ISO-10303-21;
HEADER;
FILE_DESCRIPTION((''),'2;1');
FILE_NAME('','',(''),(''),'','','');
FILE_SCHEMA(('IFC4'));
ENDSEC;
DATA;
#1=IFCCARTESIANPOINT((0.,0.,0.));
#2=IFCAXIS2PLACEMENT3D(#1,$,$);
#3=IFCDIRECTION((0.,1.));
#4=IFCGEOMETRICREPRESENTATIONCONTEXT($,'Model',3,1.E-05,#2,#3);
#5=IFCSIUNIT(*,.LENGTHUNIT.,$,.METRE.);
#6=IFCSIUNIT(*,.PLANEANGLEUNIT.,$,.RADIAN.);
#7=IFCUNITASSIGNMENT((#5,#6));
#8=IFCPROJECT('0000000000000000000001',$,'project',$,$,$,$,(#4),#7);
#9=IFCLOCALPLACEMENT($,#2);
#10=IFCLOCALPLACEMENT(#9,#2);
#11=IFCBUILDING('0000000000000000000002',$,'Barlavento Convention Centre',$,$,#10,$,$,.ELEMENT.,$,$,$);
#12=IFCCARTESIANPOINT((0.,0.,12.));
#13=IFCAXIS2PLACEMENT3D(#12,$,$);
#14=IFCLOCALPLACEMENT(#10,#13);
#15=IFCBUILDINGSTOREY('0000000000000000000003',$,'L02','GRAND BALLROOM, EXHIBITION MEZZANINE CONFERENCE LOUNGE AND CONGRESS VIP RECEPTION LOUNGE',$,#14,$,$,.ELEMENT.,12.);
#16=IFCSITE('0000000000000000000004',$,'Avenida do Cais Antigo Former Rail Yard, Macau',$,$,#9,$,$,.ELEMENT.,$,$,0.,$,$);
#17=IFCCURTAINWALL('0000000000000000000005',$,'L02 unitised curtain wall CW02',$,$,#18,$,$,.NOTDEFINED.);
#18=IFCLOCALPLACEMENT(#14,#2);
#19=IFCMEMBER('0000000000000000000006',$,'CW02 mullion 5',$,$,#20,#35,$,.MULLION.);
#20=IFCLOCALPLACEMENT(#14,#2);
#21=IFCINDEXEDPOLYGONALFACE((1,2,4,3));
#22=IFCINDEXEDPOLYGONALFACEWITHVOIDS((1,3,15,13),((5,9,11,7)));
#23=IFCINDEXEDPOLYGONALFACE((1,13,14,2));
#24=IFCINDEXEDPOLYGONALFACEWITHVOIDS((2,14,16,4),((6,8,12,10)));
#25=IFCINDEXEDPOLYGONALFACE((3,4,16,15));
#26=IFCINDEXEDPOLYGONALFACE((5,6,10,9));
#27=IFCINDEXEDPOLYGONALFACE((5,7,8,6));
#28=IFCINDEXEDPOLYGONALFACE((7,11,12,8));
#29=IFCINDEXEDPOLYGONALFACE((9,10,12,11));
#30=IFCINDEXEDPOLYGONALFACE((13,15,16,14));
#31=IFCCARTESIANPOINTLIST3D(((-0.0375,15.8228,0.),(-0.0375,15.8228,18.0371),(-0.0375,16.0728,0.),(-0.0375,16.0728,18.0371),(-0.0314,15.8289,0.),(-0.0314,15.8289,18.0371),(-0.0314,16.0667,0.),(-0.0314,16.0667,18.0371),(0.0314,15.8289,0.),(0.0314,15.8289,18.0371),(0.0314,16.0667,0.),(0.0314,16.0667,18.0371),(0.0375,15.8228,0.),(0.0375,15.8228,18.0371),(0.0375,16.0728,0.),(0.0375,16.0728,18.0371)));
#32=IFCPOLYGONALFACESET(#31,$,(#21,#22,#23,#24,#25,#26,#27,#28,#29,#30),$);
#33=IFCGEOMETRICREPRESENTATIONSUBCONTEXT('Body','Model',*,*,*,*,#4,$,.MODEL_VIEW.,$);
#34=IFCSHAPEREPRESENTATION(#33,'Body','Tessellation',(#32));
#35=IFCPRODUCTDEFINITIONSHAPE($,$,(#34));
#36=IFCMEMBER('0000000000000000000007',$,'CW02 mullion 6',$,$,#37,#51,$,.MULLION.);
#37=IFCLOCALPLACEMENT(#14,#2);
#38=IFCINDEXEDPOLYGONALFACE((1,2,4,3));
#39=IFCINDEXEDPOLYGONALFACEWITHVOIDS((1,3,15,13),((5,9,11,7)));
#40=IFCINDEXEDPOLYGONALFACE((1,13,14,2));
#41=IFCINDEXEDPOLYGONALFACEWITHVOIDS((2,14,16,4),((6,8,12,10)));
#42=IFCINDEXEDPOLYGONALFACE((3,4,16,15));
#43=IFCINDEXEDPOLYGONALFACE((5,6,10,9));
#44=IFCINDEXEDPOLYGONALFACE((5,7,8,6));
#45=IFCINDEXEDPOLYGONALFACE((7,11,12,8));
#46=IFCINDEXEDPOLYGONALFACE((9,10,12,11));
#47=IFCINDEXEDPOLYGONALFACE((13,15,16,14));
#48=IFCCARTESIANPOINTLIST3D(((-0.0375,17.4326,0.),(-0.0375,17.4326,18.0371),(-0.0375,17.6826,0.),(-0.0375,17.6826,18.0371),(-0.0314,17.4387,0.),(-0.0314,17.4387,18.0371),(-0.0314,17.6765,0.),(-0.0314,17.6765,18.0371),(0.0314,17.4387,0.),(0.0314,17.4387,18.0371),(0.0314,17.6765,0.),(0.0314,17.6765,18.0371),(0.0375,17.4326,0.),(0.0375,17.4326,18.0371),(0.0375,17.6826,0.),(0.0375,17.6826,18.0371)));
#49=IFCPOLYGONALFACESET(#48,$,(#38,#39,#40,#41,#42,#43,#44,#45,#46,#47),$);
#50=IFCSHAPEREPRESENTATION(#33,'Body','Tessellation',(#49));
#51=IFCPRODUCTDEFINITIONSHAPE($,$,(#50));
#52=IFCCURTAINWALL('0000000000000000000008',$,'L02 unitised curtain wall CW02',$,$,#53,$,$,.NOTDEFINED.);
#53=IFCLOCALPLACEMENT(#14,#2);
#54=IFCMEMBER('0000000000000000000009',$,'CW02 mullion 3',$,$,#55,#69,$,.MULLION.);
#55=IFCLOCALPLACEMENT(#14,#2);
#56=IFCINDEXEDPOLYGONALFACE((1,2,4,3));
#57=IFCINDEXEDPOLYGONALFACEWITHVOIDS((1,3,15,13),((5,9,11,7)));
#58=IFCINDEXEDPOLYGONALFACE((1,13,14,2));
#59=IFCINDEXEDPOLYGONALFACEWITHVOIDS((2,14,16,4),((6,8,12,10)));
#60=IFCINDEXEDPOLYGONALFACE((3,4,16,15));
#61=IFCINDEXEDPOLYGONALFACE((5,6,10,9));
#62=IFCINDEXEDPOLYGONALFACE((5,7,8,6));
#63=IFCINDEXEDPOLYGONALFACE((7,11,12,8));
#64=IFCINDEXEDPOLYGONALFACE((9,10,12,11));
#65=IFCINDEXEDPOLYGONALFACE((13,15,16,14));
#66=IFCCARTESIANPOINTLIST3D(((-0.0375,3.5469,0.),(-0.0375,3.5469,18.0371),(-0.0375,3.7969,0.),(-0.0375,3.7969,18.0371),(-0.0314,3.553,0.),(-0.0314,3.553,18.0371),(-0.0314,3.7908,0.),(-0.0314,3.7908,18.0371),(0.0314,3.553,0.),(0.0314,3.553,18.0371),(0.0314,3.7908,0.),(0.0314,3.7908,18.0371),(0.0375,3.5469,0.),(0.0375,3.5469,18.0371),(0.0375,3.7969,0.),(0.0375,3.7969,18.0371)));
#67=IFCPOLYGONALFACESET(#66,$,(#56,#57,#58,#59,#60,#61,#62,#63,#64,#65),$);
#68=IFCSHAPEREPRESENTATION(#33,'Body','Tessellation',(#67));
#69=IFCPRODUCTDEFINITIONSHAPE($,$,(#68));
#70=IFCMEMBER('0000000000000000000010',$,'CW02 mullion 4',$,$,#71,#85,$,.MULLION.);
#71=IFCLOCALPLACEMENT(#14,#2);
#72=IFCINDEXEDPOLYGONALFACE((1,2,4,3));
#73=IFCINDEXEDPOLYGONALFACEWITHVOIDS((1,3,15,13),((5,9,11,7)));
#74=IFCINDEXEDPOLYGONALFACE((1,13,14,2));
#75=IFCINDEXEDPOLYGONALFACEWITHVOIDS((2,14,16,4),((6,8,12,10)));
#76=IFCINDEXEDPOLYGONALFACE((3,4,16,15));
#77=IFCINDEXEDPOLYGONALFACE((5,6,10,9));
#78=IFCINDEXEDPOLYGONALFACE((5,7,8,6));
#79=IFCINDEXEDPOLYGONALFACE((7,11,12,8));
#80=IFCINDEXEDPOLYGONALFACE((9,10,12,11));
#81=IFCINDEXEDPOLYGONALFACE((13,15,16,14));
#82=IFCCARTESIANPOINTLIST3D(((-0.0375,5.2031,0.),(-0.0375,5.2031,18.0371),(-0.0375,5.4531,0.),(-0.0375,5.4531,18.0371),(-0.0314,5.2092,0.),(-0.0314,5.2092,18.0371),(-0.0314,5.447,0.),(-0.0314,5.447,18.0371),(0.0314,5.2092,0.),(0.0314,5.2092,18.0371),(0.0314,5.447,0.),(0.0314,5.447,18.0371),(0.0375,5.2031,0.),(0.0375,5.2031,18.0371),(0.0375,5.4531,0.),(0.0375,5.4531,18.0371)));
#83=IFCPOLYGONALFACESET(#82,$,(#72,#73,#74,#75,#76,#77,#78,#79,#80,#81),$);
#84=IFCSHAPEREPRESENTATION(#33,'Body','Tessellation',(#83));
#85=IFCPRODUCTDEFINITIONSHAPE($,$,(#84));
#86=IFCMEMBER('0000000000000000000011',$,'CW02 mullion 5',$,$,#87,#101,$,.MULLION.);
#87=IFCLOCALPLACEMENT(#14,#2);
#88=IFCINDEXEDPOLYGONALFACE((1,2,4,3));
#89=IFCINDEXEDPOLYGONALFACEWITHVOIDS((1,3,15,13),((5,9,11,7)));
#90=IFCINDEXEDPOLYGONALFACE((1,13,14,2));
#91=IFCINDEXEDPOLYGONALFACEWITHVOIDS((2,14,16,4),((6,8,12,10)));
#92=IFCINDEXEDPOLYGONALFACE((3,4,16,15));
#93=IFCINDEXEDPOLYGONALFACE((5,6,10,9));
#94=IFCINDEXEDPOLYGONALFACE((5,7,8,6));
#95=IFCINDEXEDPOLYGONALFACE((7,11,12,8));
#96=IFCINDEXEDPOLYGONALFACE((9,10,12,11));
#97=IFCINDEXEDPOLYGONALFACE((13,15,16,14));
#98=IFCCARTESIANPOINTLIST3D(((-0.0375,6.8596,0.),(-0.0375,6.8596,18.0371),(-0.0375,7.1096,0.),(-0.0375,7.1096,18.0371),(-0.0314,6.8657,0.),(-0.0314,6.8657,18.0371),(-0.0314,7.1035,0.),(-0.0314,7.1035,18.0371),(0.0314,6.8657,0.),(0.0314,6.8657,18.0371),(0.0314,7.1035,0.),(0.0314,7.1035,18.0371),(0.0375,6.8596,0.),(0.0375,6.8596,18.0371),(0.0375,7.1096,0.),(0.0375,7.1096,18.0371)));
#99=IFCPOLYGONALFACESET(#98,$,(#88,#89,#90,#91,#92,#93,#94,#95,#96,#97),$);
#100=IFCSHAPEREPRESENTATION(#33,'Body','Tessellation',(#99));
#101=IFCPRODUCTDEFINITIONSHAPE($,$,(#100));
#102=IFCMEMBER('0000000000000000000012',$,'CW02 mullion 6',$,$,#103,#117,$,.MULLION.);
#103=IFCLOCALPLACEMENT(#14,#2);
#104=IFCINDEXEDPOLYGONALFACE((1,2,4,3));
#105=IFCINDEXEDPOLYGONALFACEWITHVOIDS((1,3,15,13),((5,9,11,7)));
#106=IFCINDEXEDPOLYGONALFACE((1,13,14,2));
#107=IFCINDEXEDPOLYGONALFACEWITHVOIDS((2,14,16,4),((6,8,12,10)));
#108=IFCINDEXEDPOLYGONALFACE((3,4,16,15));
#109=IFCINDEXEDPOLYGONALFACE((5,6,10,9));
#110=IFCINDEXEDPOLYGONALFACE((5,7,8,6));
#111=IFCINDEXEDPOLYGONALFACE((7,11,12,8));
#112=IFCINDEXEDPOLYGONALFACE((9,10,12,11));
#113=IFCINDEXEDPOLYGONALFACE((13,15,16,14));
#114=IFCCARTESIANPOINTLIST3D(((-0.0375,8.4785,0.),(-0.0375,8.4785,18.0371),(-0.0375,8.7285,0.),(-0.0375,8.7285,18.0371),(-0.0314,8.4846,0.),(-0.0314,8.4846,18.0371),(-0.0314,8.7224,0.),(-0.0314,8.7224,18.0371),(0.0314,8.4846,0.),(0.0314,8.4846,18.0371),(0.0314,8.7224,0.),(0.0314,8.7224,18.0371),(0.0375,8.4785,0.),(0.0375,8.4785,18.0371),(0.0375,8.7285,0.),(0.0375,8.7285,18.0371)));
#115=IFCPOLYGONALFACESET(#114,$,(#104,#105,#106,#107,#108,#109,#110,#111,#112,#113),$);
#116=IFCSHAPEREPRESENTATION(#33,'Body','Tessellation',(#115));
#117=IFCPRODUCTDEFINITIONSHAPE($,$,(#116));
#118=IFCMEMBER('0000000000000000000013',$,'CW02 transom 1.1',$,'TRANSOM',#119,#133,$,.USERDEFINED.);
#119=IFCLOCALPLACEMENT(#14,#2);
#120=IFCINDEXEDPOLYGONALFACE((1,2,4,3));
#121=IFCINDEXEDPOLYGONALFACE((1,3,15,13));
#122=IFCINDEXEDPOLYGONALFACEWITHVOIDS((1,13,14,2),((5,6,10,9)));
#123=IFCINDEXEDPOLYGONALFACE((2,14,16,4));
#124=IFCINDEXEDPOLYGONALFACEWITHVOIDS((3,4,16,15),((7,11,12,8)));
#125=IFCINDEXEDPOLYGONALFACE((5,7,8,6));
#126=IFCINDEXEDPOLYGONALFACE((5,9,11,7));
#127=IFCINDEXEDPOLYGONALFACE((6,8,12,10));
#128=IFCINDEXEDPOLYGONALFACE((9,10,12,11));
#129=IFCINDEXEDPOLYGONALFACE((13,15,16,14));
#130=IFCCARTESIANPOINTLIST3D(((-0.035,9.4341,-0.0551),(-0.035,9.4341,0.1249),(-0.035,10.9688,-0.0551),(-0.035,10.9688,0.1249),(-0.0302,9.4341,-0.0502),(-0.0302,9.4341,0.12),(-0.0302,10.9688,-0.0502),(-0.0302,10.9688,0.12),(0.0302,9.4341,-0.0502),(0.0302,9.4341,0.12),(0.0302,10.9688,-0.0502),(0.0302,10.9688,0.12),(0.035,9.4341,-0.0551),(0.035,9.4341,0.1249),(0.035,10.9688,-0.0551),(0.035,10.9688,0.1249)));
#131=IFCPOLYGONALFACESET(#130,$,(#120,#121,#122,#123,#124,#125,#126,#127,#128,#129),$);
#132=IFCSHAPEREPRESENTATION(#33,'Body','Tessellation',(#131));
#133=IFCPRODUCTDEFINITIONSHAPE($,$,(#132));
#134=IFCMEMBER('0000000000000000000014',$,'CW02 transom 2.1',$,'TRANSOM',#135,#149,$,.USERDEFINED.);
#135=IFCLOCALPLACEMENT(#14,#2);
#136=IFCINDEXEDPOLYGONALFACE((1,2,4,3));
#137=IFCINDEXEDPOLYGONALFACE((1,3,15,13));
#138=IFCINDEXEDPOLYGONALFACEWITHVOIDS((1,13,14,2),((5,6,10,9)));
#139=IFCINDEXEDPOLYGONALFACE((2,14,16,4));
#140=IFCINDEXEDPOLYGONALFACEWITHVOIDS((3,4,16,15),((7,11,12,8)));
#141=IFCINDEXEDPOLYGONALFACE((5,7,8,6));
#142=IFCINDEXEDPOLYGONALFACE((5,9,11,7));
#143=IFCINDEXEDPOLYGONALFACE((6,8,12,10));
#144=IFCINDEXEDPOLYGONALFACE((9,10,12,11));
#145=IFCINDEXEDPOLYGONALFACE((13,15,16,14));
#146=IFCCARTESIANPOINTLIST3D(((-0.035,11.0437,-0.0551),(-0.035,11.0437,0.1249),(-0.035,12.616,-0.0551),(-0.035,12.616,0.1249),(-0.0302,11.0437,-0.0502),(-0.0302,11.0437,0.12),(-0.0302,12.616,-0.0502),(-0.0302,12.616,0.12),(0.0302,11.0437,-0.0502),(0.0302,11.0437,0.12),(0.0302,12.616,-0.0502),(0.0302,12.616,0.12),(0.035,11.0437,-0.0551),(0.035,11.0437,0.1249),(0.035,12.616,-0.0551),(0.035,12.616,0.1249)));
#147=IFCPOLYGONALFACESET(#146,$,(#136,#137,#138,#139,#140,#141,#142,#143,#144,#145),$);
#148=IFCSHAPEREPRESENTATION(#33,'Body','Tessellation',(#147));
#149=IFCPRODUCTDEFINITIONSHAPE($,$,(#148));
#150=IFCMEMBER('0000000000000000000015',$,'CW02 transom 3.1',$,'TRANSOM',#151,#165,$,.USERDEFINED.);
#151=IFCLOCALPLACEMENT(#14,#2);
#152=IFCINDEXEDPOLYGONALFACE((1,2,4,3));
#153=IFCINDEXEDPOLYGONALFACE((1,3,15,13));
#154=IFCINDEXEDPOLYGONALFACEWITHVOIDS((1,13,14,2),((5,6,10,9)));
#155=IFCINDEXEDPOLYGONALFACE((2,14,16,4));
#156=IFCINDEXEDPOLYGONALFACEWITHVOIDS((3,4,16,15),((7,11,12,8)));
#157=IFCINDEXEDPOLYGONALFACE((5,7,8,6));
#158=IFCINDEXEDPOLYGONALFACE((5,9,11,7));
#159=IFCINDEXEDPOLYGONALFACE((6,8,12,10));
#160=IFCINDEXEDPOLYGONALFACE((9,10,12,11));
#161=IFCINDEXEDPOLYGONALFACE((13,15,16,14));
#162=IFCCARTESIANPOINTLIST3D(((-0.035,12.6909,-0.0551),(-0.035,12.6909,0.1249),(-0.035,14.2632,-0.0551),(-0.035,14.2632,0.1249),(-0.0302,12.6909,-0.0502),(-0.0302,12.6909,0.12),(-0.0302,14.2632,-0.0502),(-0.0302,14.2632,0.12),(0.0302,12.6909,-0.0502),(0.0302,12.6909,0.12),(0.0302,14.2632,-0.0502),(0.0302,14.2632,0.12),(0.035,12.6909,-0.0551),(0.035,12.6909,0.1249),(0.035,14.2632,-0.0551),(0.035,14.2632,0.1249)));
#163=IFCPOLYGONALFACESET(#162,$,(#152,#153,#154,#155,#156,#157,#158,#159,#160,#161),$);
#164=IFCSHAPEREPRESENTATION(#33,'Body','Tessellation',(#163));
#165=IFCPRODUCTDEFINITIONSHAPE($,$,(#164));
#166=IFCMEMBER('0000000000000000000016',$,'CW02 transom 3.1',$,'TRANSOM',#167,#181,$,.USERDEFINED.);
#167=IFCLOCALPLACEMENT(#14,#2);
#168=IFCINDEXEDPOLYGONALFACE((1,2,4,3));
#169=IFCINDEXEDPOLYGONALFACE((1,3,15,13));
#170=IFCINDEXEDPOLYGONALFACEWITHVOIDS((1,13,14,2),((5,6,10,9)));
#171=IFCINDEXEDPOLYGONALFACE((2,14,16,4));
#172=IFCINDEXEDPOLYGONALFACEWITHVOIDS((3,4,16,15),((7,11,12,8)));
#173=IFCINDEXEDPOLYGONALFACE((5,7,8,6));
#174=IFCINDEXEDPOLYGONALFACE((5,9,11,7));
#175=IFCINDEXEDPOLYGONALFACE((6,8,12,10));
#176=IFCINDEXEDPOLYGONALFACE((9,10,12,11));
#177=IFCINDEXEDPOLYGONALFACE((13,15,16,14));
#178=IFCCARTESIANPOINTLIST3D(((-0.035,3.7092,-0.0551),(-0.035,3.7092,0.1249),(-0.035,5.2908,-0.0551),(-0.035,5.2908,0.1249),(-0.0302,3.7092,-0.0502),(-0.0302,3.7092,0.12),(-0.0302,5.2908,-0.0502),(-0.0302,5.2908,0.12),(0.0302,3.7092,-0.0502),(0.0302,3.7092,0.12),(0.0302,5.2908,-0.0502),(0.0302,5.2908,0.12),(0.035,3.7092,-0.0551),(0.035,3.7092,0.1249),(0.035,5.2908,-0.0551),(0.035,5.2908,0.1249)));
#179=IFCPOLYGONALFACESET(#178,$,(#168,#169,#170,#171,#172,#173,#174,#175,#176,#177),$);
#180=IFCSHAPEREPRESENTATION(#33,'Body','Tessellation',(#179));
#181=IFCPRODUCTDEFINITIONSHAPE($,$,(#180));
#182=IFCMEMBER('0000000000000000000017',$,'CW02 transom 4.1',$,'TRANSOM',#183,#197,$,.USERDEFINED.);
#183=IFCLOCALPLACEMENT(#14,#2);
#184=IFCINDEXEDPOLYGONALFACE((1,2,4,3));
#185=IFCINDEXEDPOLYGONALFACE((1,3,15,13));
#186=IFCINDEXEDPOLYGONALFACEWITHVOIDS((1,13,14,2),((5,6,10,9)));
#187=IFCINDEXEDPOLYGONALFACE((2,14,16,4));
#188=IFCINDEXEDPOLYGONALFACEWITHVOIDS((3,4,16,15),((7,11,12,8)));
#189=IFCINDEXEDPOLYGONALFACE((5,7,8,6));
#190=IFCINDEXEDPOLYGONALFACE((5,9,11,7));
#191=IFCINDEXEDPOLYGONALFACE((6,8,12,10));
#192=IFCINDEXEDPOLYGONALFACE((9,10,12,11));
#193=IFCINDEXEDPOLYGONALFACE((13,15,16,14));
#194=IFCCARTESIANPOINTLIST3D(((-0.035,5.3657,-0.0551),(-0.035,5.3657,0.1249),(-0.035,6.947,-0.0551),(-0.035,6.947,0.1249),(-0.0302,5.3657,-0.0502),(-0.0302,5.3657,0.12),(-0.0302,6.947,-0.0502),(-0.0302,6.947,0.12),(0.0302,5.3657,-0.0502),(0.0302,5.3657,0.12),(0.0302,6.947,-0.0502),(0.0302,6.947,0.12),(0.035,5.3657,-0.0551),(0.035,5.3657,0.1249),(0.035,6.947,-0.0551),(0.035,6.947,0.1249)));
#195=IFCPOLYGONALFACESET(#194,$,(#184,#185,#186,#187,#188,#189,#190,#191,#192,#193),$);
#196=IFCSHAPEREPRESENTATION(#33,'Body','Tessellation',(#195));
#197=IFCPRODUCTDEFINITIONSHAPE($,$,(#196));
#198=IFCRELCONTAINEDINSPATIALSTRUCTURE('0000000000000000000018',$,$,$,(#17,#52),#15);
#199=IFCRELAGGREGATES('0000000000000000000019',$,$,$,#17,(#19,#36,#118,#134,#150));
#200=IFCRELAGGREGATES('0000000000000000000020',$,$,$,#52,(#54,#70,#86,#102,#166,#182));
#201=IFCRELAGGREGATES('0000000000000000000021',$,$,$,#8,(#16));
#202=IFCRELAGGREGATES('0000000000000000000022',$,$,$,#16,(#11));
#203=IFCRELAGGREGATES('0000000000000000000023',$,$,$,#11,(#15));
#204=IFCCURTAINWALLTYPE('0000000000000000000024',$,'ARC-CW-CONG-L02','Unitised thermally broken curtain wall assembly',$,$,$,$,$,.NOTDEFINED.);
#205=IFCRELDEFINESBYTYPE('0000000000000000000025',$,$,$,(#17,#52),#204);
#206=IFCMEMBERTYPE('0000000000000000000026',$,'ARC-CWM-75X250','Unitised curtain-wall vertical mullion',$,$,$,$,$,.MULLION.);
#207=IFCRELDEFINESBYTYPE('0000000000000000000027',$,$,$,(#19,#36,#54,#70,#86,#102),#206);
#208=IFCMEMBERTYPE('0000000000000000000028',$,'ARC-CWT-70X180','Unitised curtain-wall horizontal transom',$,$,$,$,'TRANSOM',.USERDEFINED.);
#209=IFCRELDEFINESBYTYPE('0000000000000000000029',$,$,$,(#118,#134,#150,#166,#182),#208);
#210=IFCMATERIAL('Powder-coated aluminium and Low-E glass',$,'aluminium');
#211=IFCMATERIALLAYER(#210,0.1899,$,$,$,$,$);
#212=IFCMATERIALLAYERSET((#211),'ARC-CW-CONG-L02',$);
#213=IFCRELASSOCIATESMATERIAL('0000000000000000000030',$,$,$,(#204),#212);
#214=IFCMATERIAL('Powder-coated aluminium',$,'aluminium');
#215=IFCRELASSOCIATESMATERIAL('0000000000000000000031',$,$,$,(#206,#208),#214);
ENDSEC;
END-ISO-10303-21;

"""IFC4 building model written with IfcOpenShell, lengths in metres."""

from ifc_helpers import new_model, si_unit, direction, frame, origin, origin_2d, place, context, subcontext, project, spatial, hollow_rectangle, extrude, material, layer, layer_set, material_profile, profile_set, type_object, element, aggregate, save


model = new_model("IFC4")

# Units and contexts
model_context = context("Model", 3, precision=1e-05, world=origin(), true_north=direction((0.0, 1.0)))
body_context = subcontext(model_context, "Body", "Model", "MODEL_VIEW")
ifc_project = project(units=[si_unit("LENGTHUNIT", "METRE"), si_unit("PLANEANGLEUNIT", "RADIAN")], contexts=[model_context])

# Site, building, storey
site_placement = place(None, origin())
site = spatial("IfcSite", under=ifc_project, at=site_placement, Name="Avenida do Cais Antigo Former Rail Yard, Macau", CompositionType="ELEMENT", RefElevation=0.0)
building_placement = place(site_placement, origin())
building = spatial("IfcBuilding", under=site, at=building_placement, Name="Barlavento Convention Centre", CompositionType="ELEMENT")
storey_placement = place(building_placement, frame((0.0, 0.0, 12.0)))
storey = spatial("IfcBuildingStorey", under=building, at=storey_placement, Name="L02", Description="GRAND BALLROOM, EXHIBITION MEZZANINE CONFERENCE LOUNGE AND CONGRESS VIP RECEPTION LOUNGE", CompositionType="ELEMENT", Elevation=12.0)

# Curtain walls, members
ifc_material_1 = material(Name="Powder-coated aluminium and Low-E glass", Category="aluminium")
ifc_layer_1 = layer(ifc_material_1, 0.1899)
ifc_layer_set_1 = layer_set([ifc_layer_1], Name="ARC-CW-CONG-L02")
curtain_wall_type = type_object("IfcCurtainWallType", Name="ARC-CW-CONG-L02", Description="Unitised thermally broken curtain wall assembly", PredefinedType="NOTDEFINED", material=ifc_layer_set_1)
curtain_wall_1_placement = place(storey_placement, origin())
curtain_wall_1 = element("IfcCurtainWall", 1, at=curtain_wall_1_placement, inside=storey, type_object=curtain_wall_type, Name="L02 unitised curtain wall CW02", PredefinedType="NOTDEFINED")
ifc_material_2 = material(Name="Powder-coated aluminium", Category="aluminium")
ifc_material_profile_1 = material_profile(ifc_material_2, hollow_rectangle(XDim=0.075, YDim=0.25, WallThickness=0.0061, at=origin_2d()), Name="AL-MULL 75x250x6")
ifc_profile_set_1 = profile_set([ifc_material_profile_1], Name="Powder-coated aluminium")
member_type_1 = type_object("IfcMemberType", Name="ARC-CWM-75X250", Description="Unitised curtain-wall vertical mullion", PredefinedType="MULLION", material=ifc_profile_set_1)
member_1_placement = place(storey_placement, frame((0.0, 15.9478, 0.0), z_axis=(0.0, 0.0, 1.0), x_axis=(-1.0, 0.0, 0.0)))
member_1 = element("IfcMember", 2, at=member_1_placement, type_object=member_type_1, Name="CW02 mullion 5", PredefinedType="MULLION", context=body_context, shape_type="SweptSolid", body=[
    extrude(hollow_rectangle(XDim=0.075, YDim=0.25, WallThickness=0.0061, at=origin_2d()), origin(), (0.0, 0.0, 1.0), 18.0371),
])
member_2_placement = place(storey_placement, frame((0.0, 17.5576, 0.0), z_axis=(0.0, 0.0, 1.0), x_axis=(-1.0, 0.0, 0.0)))
member_2 = element("IfcMember", 3, at=member_2_placement, type_object=member_type_1, Name="CW02 mullion 6", PredefinedType="MULLION", context=body_context, shape_type="SweptSolid", body=[
    extrude(hollow_rectangle(XDim=0.075, YDim=0.25, WallThickness=0.0061, at=origin_2d()), origin(), (0.0, 0.0, 1.0), 18.0371),
])
curtain_wall_2_placement = place(storey_placement, origin())
curtain_wall_2 = element("IfcCurtainWall", 4, at=curtain_wall_2_placement, inside=storey, type_object=curtain_wall_type, Name="L02 unitised curtain wall CW02", PredefinedType="NOTDEFINED")
member_3_placement = place(storey_placement, frame((0.0, 3.6719, 0.0), z_axis=(0.0, 0.0, 1.0), x_axis=(-1.0, 0.0, 0.0)))
member_3 = element("IfcMember", 5, at=member_3_placement, type_object=member_type_1, Name="CW02 mullion 3", PredefinedType="MULLION", context=body_context, shape_type="SweptSolid", body=[
    extrude(hollow_rectangle(XDim=0.075, YDim=0.25, WallThickness=0.0061, at=origin_2d()), origin(), (0.0, 0.0, 1.0), 18.0371),
])
member_4_placement = place(storey_placement, frame((0.0, 5.3281, 0.0), z_axis=(0.0, 0.0, 1.0), x_axis=(-1.0, 0.0, 0.0)))
member_4 = element("IfcMember", 6, at=member_4_placement, type_object=member_type_1, Name="CW02 mullion 4", PredefinedType="MULLION", context=body_context, shape_type="SweptSolid", body=[
    extrude(hollow_rectangle(XDim=0.075, YDim=0.25, WallThickness=0.0061, at=origin_2d()), origin(), (0.0, 0.0, 1.0), 18.0371),
])
member_5_placement = place(storey_placement, frame((0.0, 6.9846, 0.0), z_axis=(0.0, 0.0, 1.0), x_axis=(-1.0, 0.0, 0.0)))
member_5 = element("IfcMember", 7, at=member_5_placement, type_object=member_type_1, Name="CW02 mullion 5", PredefinedType="MULLION", context=body_context, shape_type="SweptSolid", body=[
    extrude(hollow_rectangle(XDim=0.075, YDim=0.25, WallThickness=0.0061, at=origin_2d()), origin(), (0.0, 0.0, 1.0), 18.0371),
])
member_6_placement = place(storey_placement, frame((0.0, 8.6035, 0.0), z_axis=(0.0, 0.0, 1.0), x_axis=(-1.0, 0.0, 0.0)))
member_6 = element("IfcMember", 8, at=member_6_placement, type_object=member_type_1, Name="CW02 mullion 6", PredefinedType="MULLION", context=body_context, shape_type="SweptSolid", body=[
    extrude(hollow_rectangle(XDim=0.075, YDim=0.25, WallThickness=0.0061, at=origin_2d()), origin(), (0.0, 0.0, 1.0), 18.0371),
])

# Members
ifc_material_profile_2 = material_profile(ifc_material_2, hollow_rectangle(XDim=0.0701, YDim=0.1799, WallThickness=0.0049, at=origin_2d()), Name="AL-TRAN 70x180x5")
ifc_profile_set_2 = profile_set([ifc_material_profile_2], Name="Powder-coated aluminium")
member_type_2 = type_object("IfcMemberType", Name="ARC-CWT-70X180", Description="Unitised curtain-wall horizontal transom", ElementType="TRANSOM", PredefinedType="USERDEFINED", material=ifc_profile_set_2)
member_7_placement = place(storey_placement, frame((0.0, 9.4341, 0.0349), z_axis=(0.0, 1.0, 0.0), x_axis=(-1.0, 0.0, 0.0)))
member_7 = element("IfcMember", 9, at=member_7_placement, type_object=member_type_2, Name="CW02 transom 1.1", ObjectType="TRANSOM", PredefinedType="USERDEFINED", context=body_context, shape_type="SweptSolid", body=[
    extrude(hollow_rectangle(XDim=0.0701, YDim=0.1799, WallThickness=0.0049, at=origin_2d()), origin(), (0.0, 0.0, 1.0), 1.5347),
])
member_8_placement = place(storey_placement, frame((0.0, 11.0437, 0.0349), z_axis=(0.0, 1.0, 0.0), x_axis=(-1.0, 0.0, 0.0)))
member_8 = element("IfcMember", 10, at=member_8_placement, type_object=member_type_2, Name="CW02 transom 2.1", ObjectType="TRANSOM", PredefinedType="USERDEFINED", context=body_context, shape_type="SweptSolid", body=[
    extrude(hollow_rectangle(XDim=0.0701, YDim=0.1799, WallThickness=0.0049, at=origin_2d()), origin(), (0.0, 0.0, 1.0), 1.5723),
])
member_9_placement = place(storey_placement, frame((0.0, 12.6909, 0.0349), z_axis=(0.0, 1.0, 0.0), x_axis=(-1.0, 0.0, 0.0)))
member_9 = element("IfcMember", 11, at=member_9_placement, type_object=member_type_2, Name="CW02 transom 3.1", ObjectType="TRANSOM", PredefinedType="USERDEFINED", context=body_context, shape_type="SweptSolid", body=[
    extrude(hollow_rectangle(XDim=0.0701, YDim=0.1799, WallThickness=0.0049, at=origin_2d()), origin(), (0.0, 0.0, 1.0), 1.5723),
])
aggregate(curtain_wall_1, [member_1, member_2, member_7, member_8, member_9])
member_10_placement = place(storey_placement, frame((0.0, 3.7092, 0.0349), z_axis=(0.0, 1.0, 0.0), x_axis=(-1.0, 0.0, 0.0)))
member_10 = element("IfcMember", 12, at=member_10_placement, type_object=member_type_2, Name="CW02 transom 3.1", ObjectType="TRANSOM", PredefinedType="USERDEFINED", context=body_context, shape_type="SweptSolid", body=[
    extrude(hollow_rectangle(XDim=0.0701, YDim=0.1799, WallThickness=0.0049, at=origin_2d()), origin(), (0.0, 0.0, 1.0), 1.5815),
])
member_11_placement = place(storey_placement, frame((0.0, 5.3657, 0.0349), z_axis=(0.0, 1.0, 0.0), x_axis=(-1.0, 0.0, 0.0)))
member_11 = element("IfcMember", 13, at=member_11_placement, type_object=member_type_2, Name="CW02 transom 4.1", ObjectType="TRANSOM", PredefinedType="USERDEFINED", context=body_context, shape_type="SweptSolid", body=[
    extrude(hollow_rectangle(XDim=0.0701, YDim=0.1799, WallThickness=0.0049, at=origin_2d()), origin(), (0.0, 0.0, 1.0), 1.5813),
])
aggregate(curtain_wall_2, [member_3, member_4, member_5, member_6, member_10, member_11])

save(model, "model.ifc")
